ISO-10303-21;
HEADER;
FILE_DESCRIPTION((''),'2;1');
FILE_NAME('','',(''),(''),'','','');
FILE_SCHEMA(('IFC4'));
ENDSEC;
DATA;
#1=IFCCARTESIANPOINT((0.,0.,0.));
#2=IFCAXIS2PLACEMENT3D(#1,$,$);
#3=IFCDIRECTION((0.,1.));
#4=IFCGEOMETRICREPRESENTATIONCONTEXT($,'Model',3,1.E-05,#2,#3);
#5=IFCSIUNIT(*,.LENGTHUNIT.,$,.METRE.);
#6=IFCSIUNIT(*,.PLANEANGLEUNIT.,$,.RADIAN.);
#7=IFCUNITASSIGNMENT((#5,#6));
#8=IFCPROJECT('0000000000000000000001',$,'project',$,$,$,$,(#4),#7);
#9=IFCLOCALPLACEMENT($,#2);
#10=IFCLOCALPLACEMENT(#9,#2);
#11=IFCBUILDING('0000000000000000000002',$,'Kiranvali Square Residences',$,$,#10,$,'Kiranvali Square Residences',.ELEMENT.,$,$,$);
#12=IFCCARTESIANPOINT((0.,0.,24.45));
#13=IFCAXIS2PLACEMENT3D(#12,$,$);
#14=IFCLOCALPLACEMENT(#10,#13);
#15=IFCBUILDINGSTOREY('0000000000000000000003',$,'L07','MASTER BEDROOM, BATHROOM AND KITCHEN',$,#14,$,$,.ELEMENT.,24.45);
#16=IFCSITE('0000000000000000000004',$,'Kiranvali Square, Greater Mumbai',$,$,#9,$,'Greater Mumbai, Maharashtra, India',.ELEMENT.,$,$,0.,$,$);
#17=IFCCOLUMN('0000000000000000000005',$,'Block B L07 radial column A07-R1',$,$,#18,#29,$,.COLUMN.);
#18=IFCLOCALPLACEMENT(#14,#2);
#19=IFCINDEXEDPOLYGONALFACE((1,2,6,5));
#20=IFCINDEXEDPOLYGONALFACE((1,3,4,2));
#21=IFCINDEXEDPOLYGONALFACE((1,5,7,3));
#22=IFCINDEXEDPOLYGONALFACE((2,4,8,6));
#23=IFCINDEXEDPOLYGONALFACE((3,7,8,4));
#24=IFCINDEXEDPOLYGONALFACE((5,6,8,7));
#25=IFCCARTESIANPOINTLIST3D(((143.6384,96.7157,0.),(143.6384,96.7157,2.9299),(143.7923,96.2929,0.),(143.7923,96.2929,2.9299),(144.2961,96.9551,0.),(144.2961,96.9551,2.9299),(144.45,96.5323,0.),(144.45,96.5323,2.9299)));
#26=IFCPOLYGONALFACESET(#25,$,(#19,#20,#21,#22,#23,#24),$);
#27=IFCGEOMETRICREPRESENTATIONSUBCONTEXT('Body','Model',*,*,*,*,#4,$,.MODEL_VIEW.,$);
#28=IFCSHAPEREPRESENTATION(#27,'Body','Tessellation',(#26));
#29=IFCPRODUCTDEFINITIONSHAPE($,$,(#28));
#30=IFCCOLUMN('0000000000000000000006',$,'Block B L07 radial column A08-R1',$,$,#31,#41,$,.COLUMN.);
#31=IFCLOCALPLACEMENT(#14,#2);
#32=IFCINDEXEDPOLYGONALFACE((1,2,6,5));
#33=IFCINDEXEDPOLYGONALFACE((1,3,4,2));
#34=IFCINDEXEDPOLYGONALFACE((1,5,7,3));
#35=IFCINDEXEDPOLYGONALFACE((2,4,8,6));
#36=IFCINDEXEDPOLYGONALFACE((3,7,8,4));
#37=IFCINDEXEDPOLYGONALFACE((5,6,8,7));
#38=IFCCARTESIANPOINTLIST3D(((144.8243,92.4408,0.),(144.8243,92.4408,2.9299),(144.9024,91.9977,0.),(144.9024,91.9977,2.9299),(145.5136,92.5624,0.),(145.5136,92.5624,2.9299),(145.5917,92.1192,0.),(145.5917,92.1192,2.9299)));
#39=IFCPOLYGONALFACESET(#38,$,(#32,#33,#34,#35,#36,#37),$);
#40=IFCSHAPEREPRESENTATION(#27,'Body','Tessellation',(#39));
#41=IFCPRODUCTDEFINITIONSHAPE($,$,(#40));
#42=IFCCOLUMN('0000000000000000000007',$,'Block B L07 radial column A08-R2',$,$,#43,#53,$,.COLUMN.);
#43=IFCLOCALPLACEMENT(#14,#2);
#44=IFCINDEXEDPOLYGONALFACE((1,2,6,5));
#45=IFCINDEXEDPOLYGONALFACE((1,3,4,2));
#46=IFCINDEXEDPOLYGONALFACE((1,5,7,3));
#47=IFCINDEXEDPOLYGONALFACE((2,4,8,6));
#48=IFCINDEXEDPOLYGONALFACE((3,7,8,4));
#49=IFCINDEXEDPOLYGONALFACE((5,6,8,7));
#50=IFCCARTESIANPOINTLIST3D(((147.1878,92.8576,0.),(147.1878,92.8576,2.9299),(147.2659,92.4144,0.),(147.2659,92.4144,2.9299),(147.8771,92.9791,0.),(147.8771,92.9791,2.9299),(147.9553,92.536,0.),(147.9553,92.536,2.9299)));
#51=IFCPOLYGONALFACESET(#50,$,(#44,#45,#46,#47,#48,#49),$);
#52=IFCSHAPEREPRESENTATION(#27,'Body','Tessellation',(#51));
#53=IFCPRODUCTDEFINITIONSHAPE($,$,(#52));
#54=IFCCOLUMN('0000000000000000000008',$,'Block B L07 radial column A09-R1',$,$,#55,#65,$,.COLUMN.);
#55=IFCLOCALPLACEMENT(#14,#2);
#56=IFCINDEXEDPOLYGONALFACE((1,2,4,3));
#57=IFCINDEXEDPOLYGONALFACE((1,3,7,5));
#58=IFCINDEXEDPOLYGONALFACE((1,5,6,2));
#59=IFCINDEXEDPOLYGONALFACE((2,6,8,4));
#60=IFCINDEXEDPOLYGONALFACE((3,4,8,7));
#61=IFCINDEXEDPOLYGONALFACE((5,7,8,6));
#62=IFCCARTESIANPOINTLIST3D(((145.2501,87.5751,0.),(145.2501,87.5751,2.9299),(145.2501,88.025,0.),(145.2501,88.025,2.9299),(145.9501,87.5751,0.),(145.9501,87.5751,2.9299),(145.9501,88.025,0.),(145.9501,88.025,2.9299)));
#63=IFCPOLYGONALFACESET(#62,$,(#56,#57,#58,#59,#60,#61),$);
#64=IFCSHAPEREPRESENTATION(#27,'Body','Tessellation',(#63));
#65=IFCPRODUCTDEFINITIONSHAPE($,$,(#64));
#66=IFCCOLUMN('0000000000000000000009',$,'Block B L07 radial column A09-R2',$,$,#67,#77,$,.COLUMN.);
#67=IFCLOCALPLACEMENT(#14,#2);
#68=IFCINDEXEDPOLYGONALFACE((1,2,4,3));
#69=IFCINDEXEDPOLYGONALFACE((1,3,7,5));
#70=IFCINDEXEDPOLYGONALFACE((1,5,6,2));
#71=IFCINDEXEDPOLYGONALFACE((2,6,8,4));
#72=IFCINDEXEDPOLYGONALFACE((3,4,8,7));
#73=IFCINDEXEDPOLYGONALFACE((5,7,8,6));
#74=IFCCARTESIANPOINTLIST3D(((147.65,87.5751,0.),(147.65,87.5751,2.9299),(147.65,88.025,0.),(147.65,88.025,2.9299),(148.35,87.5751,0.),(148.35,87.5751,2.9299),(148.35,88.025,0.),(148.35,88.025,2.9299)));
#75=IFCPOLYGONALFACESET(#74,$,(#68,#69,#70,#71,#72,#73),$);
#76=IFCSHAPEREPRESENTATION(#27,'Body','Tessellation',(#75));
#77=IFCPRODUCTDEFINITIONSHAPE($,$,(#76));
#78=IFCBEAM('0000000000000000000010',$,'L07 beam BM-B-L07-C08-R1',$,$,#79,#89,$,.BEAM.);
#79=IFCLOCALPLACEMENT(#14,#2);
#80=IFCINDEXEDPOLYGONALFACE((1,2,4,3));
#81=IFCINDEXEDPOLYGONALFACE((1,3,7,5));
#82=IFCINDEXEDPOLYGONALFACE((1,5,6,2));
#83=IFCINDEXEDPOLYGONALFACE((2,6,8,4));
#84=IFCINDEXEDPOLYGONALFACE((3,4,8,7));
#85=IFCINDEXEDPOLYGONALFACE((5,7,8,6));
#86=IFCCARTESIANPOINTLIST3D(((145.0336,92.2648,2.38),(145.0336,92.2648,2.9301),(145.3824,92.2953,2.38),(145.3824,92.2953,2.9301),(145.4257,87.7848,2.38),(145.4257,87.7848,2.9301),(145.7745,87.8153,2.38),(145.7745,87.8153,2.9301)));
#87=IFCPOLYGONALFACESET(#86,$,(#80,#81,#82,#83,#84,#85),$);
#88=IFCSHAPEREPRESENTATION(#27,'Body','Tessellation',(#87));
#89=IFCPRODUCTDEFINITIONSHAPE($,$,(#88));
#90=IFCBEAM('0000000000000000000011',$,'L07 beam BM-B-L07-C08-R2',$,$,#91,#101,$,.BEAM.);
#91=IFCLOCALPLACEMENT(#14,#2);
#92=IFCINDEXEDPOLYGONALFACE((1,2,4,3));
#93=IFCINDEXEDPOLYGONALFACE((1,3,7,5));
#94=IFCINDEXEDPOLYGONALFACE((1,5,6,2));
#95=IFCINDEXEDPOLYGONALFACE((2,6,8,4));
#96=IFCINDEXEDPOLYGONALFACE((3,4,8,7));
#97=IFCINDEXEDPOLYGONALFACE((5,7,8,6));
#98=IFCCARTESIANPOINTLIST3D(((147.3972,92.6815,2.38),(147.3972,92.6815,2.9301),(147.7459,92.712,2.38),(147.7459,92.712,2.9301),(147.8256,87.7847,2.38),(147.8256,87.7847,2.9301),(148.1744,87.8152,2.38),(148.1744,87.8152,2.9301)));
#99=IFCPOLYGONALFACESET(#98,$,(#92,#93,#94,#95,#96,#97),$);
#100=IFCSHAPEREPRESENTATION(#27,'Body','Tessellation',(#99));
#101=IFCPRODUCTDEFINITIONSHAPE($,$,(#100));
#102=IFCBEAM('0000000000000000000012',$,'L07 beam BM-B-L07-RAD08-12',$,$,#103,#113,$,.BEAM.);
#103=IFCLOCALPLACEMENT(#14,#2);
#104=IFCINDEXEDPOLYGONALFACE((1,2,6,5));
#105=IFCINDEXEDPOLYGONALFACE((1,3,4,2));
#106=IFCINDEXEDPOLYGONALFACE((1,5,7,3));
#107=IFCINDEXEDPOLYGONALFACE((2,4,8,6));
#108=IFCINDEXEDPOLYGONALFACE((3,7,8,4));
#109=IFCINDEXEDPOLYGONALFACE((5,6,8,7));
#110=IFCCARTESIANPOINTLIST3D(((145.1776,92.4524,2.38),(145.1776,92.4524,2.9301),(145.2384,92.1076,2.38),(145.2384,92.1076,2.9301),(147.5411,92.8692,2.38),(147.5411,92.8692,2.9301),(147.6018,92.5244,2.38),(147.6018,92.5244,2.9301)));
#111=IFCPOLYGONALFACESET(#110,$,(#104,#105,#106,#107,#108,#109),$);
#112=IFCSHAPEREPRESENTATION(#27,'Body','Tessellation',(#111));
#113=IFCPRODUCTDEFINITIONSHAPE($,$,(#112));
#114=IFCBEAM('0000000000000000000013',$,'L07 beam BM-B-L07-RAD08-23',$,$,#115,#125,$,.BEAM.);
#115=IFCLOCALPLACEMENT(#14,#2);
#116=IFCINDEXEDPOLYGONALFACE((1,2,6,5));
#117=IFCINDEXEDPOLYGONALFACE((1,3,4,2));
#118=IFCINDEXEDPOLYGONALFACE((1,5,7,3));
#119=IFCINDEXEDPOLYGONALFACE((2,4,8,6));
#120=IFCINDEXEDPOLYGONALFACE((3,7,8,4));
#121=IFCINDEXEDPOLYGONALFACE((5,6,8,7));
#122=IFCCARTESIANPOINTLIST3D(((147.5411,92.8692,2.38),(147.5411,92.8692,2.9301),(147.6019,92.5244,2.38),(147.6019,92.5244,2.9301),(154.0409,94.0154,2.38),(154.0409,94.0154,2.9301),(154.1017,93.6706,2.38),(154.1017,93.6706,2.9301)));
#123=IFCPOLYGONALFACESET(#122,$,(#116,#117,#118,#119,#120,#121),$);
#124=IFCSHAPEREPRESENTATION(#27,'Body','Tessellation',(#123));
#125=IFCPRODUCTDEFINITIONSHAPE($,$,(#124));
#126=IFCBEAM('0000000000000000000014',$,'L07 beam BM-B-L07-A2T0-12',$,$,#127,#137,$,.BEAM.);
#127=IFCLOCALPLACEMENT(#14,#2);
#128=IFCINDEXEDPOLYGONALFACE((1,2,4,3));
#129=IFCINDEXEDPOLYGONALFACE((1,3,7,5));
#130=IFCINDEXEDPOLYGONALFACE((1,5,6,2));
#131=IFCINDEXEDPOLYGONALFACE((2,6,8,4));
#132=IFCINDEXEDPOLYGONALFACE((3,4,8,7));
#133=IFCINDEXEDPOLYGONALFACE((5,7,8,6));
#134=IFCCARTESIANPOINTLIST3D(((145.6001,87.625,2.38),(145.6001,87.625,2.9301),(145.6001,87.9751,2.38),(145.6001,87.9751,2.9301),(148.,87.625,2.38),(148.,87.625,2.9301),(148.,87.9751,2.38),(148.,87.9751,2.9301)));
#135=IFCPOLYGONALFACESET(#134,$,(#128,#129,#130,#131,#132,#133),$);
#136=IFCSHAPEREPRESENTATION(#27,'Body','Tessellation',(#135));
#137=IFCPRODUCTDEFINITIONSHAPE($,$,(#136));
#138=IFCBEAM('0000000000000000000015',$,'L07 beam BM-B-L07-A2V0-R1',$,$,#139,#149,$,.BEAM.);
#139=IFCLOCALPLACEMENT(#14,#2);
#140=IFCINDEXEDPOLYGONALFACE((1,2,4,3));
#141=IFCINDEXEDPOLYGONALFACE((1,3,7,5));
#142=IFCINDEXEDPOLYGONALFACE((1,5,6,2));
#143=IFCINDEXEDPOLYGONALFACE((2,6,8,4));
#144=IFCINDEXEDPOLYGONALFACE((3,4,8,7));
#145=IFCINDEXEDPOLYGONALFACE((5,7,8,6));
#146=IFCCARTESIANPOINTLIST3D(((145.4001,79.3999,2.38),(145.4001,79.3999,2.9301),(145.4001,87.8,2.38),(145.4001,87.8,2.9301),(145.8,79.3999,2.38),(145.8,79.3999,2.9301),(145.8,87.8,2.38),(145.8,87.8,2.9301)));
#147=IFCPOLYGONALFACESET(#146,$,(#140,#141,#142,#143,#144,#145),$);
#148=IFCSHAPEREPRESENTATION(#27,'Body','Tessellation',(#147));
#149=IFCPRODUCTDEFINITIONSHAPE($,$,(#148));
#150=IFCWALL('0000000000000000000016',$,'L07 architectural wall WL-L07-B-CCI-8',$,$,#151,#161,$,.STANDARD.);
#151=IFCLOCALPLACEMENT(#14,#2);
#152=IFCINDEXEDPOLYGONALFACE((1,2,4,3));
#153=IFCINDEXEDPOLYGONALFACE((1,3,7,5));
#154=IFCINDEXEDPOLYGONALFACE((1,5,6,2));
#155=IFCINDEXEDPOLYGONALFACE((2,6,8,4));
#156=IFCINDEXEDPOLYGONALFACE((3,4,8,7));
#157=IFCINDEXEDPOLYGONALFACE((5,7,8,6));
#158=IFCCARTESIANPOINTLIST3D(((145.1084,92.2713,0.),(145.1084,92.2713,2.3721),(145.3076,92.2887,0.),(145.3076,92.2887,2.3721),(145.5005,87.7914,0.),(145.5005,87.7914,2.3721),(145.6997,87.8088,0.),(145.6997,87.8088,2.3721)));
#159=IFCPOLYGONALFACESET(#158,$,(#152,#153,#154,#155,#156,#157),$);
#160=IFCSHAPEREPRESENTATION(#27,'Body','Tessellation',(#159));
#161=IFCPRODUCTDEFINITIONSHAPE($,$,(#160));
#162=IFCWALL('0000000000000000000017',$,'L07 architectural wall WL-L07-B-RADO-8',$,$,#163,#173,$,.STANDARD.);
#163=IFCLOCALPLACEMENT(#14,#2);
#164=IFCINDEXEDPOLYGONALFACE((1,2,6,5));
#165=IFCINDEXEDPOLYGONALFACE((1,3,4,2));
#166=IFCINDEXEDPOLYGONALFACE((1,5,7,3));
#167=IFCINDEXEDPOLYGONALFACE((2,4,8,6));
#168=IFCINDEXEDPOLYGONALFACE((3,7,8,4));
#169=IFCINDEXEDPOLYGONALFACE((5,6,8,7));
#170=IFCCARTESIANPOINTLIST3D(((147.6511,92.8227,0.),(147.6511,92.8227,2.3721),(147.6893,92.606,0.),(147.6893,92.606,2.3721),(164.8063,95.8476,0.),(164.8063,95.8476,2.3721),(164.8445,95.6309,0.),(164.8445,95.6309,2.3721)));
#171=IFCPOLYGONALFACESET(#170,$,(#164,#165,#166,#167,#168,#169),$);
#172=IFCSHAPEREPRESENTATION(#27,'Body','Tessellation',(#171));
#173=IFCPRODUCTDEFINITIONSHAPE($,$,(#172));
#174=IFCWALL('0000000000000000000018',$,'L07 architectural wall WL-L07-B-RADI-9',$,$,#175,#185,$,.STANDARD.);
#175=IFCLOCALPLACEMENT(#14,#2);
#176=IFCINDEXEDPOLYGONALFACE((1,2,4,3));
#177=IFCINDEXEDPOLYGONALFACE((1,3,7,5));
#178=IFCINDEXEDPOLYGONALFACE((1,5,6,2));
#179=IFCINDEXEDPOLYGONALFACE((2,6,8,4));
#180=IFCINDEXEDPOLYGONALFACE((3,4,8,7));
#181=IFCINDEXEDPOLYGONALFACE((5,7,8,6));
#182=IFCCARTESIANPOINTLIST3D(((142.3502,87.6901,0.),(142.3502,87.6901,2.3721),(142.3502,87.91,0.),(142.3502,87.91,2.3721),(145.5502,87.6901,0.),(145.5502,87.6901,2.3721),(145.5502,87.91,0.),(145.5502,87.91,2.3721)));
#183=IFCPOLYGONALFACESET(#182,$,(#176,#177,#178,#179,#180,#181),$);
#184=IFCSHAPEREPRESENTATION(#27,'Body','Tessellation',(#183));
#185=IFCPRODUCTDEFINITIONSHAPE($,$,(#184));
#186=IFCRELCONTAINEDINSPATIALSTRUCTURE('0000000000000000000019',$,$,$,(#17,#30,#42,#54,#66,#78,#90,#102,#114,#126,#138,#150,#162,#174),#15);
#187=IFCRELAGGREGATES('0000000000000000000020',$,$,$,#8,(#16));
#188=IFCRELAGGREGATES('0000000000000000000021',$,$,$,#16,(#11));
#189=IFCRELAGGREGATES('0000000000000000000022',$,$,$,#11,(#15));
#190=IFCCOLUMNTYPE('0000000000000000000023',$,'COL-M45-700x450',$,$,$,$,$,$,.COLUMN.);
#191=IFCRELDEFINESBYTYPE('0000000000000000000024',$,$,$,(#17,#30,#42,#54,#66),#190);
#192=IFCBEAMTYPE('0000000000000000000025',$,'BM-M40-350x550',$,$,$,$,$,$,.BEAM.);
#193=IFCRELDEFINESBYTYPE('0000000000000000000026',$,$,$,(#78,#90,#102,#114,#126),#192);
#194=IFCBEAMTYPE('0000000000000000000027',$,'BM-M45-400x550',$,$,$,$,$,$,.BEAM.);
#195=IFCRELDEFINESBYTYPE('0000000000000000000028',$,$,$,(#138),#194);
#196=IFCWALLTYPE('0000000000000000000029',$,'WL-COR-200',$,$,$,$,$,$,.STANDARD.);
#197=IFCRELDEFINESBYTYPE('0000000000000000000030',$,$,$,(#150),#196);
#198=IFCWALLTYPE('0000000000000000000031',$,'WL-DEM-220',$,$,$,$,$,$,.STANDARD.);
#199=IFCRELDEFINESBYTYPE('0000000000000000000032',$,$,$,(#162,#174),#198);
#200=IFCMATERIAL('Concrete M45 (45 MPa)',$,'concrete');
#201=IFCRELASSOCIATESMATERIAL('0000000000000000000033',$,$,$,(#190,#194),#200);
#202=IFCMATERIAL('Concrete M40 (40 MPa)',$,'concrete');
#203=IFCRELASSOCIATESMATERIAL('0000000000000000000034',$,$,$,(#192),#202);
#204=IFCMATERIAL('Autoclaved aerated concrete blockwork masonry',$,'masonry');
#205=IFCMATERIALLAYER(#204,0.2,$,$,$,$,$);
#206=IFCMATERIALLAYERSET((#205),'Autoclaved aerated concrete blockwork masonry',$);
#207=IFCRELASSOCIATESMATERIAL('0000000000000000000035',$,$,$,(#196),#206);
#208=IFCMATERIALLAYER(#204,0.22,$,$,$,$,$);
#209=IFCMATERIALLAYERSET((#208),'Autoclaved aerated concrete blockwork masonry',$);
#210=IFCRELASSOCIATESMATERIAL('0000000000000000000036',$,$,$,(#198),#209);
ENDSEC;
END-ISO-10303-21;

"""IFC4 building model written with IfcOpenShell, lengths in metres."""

from ifc_helpers import new_model, si_unit, direction, frame, frame_2d, origin, origin_2d, place, context, subcontext, project, spatial, rectangle, extrude, material, layer, layer_set, material_profile, profile_set, type_object, element, save


model = new_model("IFC4")

# Units and contexts
model_context = context("Model", 3, precision=1e-05, world=origin(), true_north=direction((0.0, 1.0)))
body_context = subcontext(model_context, "Body", "Model", "MODEL_VIEW")
ifc_project = project(units=[si_unit("LENGTHUNIT", "METRE"), si_unit("PLANEANGLEUNIT", "RADIAN")], contexts=[model_context])

# Site, building, storey
site_placement = place(None, origin())
site = spatial("IfcSite", under=ifc_project, at=site_placement, Name="Kiranvali Square, Greater Mumbai", LongName="Greater Mumbai, Maharashtra, India", CompositionType="ELEMENT", RefElevation=0.0)
building_placement = place(site_placement, origin())
building = spatial("IfcBuilding", under=site, at=building_placement, Name="Kiranvali Square Residences", LongName="Kiranvali Square Residences", CompositionType="ELEMENT")
storey_placement = place(building_placement, frame((0.0, 0.0, 24.45)))
storey = spatial("IfcBuildingStorey", under=building, at=storey_placement, Name="L07", Description="MASTER BEDROOM, BATHROOM AND KITCHEN", CompositionType="ELEMENT", Elevation=24.45)

# Columns
ifc_material_1 = material(Name="Concrete M45 (45 MPa)", Category="concrete")
ifc_material_profile_1 = material_profile(ifc_material_1, rectangle(XDim=0.45, YDim=0.7, at=origin_2d()), Name="RC 700x450")
ifc_profile_set_1 = profile_set([ifc_material_profile_1], Name="Concrete M45 (45 MPa)")
column_type = type_object("IfcColumnType", Name="COL-M45-700x450", PredefinedType="COLUMN", material=ifc_profile_set_1)
for number, where, z_axis, x_axis, name in (
    (1, (144.0442, 96.624, 0.0), (0.0, 0.0, 1.0), (-0.34202, 0.939693, 0.0), "Block B L07 radial column A07-R1"),
    (2, (145.208, 92.28, 0.0), (0.0, 0.0, 1.0), (-0.173648, 0.984808, 0.0), "Block B L07 radial column A08-R1"),
    (3, (147.5715, 92.6968, 0.0), (0.0, 0.0, 1.0), (-0.173648, 0.984808, 0.0), "Block B L07 radial column A08-R2"),
    (4, (145.6001, 87.8, 0.0), (0.0, 0.0, 1.0), (0.0, 1.0, 0.0), "Block B L07 radial column A09-R1"),
    (5, (148.0, 87.8, 0.0), (0.0, 0.0, 1.0), (0.0, 1.0, 0.0), "Block B L07 radial column A09-R2"),
):
    element("IfcColumn", number, at=place(storey_placement, frame(where, z_axis=z_axis, x_axis=x_axis)), inside=storey, type_object=column_type, Name=name, PredefinedType="COLUMN", context=body_context, shape_type="SweptSolid", body=[
        extrude(rectangle(XDim=0.45, YDim=0.7, at=origin_2d()), origin(), (0.0, 0.0, 1.0), 2.9299),
    ])

# Beams
ifc_material_2 = material(Name="Concrete M40 (40 MPa)", Category="concrete")
ifc_material_profile_2 = material_profile(ifc_material_2, rectangle(XDim=0.3501, YDim=0.55, at=origin_2d()), Name="RC 350x550")
ifc_profile_set_2 = profile_set([ifc_material_profile_2], Name="Concrete M40 (40 MPa)")
beam_type_1 = type_object("IfcBeamType", Name="BM-M40-350x550", PredefinedType="BEAM", material=ifc_profile_set_2)
beam_1_placement = place(storey_placement, frame((145.208, 92.28, 2.655), z_axis=(0.087187, -0.996192, 0.0), x_axis=(0.996192, 0.087187, 0.0)))
element("IfcBeam", 6, at=beam_1_placement, inside=storey, type_object=beam_type_1, Name="L07 beam BM-B-L07-C08-R1", PredefinedType="BEAM", context=body_context, shape_type="SweptSolid", body=[
    extrude(rectangle(XDim=0.3501, YDim=0.55, at=origin_2d()), origin(), (0.0, 0.0, 1.0), 4.4971),
])
beam_2_placement = place(storey_placement, frame((147.5715, 92.6968, 2.655), z_axis=(0.087168, -0.996194, 0.0), x_axis=(0.996194, 0.087168, 0.0)))
element("IfcBeam", 7, at=beam_2_placement, inside=storey, type_object=beam_type_1, Name="L07 beam BM-B-L07-C08-R2", PredefinedType="BEAM", context=body_context, shape_type="SweptSolid", body=[
    extrude(rectangle(XDim=0.3501, YDim=0.55, at=origin_2d()), origin(), (0.0, 0.0, 1.0), 4.9155),
])
beam_3_placement = place(storey_placement, frame((145.208, 92.28, 2.655), z_axis=(0.984808, 0.173646, 0.0), x_axis=(-0.173646, 0.984808, 0.0)))
element("IfcBeam", 8, at=beam_3_placement, inside=storey, type_object=beam_type_1, Name="L07 beam BM-B-L07-RAD08-12", PredefinedType="BEAM", context=body_context, shape_type="SweptSolid", body=[
    extrude(rectangle(XDim=0.3501, YDim=0.55, at=origin_2d()), origin(), (0.0, 0.0, 1.0), 2.3999),
])
beam_4_placement = place(storey_placement, frame((147.5715, 92.6968, 2.655), z_axis=(0.984804, 0.173671, 0.0), x_axis=(-0.173671, 0.984804, 0.0)))
element("IfcBeam", 9, at=beam_4_placement, inside=storey, type_object=beam_type_1, Name="L07 beam BM-B-L07-RAD08-23", PredefinedType="BEAM", context=body_context, shape_type="SweptSolid", body=[
    extrude(rectangle(XDim=0.3501, YDim=0.55, at=origin_2d()), origin(), (0.0, 0.0, 1.0), 6.6001),
])
beam_5_placement = place(storey_placement, frame((145.6001, 87.8, 2.655), z_axis=(1.0, 0.0, 0.0), x_axis=(0.0, 1.0, 0.0)))
element("IfcBeam", 10, at=beam_5_placement, inside=storey, type_object=beam_type_1, Name="L07 beam BM-B-L07-A2T0-12", PredefinedType="BEAM", context=body_context, shape_type="SweptSolid", body=[
    extrude(rectangle(XDim=0.3501, YDim=0.55, at=origin_2d()), origin(), (0.0, 0.0, 1.0), 2.3999),
])
ifc_material_profile_3 = material_profile(ifc_material_1, rectangle(XDim=0.3999, YDim=0.55, at=origin_2d()), Name="RC 400x550")
ifc_profile_set_3 = profile_set([ifc_material_profile_3], Name="Concrete M45 (45 MPa)")
beam_type_2 = type_object("IfcBeamType", Name="BM-M45-400x550", PredefinedType="BEAM", material=ifc_profile_set_3)
beam_6_placement = place(storey_placement, frame((145.6001, 87.8, 2.655), z_axis=(0.0, -1.0, 0.0), x_axis=(1.0, 0.0, 0.0)))
element("IfcBeam", 11, at=beam_6_placement, inside=storey, type_object=beam_type_2, Name="L07 beam BM-B-L07-A2V0-R1", PredefinedType="BEAM", context=body_context, shape_type="SweptSolid", body=[
    extrude(rectangle(XDim=0.3999, YDim=0.55, at=origin_2d()), origin(), (0.0, 0.0, 1.0), 8.4001),
])

# Wall
ifc_material_3 = material(Name="Autoclaved aerated concrete blockwork masonry", Category="masonry")
ifc_layer_1 = layer(ifc_material_3, 0.2)
ifc_layer_set_1 = layer_set([ifc_layer_1], Name="Autoclaved aerated concrete blockwork masonry")
wall_type_1 = type_object("IfcWallType", Name="WL-COR-200", PredefinedType="STANDARD", material=ifc_layer_set_1)
wall_1_placement = place(storey_placement, frame((145.208, 92.28, 0.0), z_axis=(0.0, 0.0, 1.0), x_axis=(0.087187, -0.996192, 0.0)))
element("IfcWall", 12, at=wall_1_placement, inside=storey, type_object=wall_type_1, Name="L07 architectural wall WL-L07-B-CCI-8", PredefinedType="STANDARD", context=body_context, shape_type="SweptSolid", body=[
    extrude(rectangle(XDim=4.4971, YDim=0.2, at=frame_2d((2.2485, 0.0))), origin(), (0.0, 0.0, 1.0), 2.3721),
])

# Walls
ifc_layer_2 = layer(ifc_material_3, 0.22)
ifc_layer_set_2 = layer_set([ifc_layer_2], Name="Autoclaved aerated concrete blockwork masonry")
wall_type_2 = type_object("IfcWallType", Name="WL-DEM-220", PredefinedType="STANDARD", material=ifc_layer_set_2)
wall_2_placement = place(storey_placement, frame((147.6702, 92.7144, 0.0), z_axis=(0.0, 0.0, 1.0), x_axis=(0.984808, 0.173646, 0.0)))
element("IfcWall", 13, at=wall_2_placement, inside=storey, type_object=wall_type_2, Name="L07 architectural wall WL-L07-B-RADO-8", PredefinedType="STANDARD", context=body_context, shape_type="SweptSolid", body=[
    extrude(rectangle(XDim=17.4199, YDim=0.22, at=frame_2d((8.71, 0.0))), origin(), (0.0, 0.0, 1.0), 2.3721),
])
wall_3_placement = place(storey_placement, frame((142.3501, 87.8, 0.0), z_axis=(0.0, 0.0, 1.0), x_axis=(1.0, 0.0, 0.0)))
element("IfcWall", 14, at=wall_3_placement, inside=storey, type_object=wall_type_2, Name="L07 architectural wall WL-L07-B-RADI-9", PredefinedType="STANDARD", context=body_context, shape_type="SweptSolid", body=[
    extrude(rectangle(XDim=3.2, YDim=0.22, at=frame_2d((1.6001, 0.0))), origin(), (0.0, 0.0, 1.0), 2.3721),
])

save(model, "model.ifc")
